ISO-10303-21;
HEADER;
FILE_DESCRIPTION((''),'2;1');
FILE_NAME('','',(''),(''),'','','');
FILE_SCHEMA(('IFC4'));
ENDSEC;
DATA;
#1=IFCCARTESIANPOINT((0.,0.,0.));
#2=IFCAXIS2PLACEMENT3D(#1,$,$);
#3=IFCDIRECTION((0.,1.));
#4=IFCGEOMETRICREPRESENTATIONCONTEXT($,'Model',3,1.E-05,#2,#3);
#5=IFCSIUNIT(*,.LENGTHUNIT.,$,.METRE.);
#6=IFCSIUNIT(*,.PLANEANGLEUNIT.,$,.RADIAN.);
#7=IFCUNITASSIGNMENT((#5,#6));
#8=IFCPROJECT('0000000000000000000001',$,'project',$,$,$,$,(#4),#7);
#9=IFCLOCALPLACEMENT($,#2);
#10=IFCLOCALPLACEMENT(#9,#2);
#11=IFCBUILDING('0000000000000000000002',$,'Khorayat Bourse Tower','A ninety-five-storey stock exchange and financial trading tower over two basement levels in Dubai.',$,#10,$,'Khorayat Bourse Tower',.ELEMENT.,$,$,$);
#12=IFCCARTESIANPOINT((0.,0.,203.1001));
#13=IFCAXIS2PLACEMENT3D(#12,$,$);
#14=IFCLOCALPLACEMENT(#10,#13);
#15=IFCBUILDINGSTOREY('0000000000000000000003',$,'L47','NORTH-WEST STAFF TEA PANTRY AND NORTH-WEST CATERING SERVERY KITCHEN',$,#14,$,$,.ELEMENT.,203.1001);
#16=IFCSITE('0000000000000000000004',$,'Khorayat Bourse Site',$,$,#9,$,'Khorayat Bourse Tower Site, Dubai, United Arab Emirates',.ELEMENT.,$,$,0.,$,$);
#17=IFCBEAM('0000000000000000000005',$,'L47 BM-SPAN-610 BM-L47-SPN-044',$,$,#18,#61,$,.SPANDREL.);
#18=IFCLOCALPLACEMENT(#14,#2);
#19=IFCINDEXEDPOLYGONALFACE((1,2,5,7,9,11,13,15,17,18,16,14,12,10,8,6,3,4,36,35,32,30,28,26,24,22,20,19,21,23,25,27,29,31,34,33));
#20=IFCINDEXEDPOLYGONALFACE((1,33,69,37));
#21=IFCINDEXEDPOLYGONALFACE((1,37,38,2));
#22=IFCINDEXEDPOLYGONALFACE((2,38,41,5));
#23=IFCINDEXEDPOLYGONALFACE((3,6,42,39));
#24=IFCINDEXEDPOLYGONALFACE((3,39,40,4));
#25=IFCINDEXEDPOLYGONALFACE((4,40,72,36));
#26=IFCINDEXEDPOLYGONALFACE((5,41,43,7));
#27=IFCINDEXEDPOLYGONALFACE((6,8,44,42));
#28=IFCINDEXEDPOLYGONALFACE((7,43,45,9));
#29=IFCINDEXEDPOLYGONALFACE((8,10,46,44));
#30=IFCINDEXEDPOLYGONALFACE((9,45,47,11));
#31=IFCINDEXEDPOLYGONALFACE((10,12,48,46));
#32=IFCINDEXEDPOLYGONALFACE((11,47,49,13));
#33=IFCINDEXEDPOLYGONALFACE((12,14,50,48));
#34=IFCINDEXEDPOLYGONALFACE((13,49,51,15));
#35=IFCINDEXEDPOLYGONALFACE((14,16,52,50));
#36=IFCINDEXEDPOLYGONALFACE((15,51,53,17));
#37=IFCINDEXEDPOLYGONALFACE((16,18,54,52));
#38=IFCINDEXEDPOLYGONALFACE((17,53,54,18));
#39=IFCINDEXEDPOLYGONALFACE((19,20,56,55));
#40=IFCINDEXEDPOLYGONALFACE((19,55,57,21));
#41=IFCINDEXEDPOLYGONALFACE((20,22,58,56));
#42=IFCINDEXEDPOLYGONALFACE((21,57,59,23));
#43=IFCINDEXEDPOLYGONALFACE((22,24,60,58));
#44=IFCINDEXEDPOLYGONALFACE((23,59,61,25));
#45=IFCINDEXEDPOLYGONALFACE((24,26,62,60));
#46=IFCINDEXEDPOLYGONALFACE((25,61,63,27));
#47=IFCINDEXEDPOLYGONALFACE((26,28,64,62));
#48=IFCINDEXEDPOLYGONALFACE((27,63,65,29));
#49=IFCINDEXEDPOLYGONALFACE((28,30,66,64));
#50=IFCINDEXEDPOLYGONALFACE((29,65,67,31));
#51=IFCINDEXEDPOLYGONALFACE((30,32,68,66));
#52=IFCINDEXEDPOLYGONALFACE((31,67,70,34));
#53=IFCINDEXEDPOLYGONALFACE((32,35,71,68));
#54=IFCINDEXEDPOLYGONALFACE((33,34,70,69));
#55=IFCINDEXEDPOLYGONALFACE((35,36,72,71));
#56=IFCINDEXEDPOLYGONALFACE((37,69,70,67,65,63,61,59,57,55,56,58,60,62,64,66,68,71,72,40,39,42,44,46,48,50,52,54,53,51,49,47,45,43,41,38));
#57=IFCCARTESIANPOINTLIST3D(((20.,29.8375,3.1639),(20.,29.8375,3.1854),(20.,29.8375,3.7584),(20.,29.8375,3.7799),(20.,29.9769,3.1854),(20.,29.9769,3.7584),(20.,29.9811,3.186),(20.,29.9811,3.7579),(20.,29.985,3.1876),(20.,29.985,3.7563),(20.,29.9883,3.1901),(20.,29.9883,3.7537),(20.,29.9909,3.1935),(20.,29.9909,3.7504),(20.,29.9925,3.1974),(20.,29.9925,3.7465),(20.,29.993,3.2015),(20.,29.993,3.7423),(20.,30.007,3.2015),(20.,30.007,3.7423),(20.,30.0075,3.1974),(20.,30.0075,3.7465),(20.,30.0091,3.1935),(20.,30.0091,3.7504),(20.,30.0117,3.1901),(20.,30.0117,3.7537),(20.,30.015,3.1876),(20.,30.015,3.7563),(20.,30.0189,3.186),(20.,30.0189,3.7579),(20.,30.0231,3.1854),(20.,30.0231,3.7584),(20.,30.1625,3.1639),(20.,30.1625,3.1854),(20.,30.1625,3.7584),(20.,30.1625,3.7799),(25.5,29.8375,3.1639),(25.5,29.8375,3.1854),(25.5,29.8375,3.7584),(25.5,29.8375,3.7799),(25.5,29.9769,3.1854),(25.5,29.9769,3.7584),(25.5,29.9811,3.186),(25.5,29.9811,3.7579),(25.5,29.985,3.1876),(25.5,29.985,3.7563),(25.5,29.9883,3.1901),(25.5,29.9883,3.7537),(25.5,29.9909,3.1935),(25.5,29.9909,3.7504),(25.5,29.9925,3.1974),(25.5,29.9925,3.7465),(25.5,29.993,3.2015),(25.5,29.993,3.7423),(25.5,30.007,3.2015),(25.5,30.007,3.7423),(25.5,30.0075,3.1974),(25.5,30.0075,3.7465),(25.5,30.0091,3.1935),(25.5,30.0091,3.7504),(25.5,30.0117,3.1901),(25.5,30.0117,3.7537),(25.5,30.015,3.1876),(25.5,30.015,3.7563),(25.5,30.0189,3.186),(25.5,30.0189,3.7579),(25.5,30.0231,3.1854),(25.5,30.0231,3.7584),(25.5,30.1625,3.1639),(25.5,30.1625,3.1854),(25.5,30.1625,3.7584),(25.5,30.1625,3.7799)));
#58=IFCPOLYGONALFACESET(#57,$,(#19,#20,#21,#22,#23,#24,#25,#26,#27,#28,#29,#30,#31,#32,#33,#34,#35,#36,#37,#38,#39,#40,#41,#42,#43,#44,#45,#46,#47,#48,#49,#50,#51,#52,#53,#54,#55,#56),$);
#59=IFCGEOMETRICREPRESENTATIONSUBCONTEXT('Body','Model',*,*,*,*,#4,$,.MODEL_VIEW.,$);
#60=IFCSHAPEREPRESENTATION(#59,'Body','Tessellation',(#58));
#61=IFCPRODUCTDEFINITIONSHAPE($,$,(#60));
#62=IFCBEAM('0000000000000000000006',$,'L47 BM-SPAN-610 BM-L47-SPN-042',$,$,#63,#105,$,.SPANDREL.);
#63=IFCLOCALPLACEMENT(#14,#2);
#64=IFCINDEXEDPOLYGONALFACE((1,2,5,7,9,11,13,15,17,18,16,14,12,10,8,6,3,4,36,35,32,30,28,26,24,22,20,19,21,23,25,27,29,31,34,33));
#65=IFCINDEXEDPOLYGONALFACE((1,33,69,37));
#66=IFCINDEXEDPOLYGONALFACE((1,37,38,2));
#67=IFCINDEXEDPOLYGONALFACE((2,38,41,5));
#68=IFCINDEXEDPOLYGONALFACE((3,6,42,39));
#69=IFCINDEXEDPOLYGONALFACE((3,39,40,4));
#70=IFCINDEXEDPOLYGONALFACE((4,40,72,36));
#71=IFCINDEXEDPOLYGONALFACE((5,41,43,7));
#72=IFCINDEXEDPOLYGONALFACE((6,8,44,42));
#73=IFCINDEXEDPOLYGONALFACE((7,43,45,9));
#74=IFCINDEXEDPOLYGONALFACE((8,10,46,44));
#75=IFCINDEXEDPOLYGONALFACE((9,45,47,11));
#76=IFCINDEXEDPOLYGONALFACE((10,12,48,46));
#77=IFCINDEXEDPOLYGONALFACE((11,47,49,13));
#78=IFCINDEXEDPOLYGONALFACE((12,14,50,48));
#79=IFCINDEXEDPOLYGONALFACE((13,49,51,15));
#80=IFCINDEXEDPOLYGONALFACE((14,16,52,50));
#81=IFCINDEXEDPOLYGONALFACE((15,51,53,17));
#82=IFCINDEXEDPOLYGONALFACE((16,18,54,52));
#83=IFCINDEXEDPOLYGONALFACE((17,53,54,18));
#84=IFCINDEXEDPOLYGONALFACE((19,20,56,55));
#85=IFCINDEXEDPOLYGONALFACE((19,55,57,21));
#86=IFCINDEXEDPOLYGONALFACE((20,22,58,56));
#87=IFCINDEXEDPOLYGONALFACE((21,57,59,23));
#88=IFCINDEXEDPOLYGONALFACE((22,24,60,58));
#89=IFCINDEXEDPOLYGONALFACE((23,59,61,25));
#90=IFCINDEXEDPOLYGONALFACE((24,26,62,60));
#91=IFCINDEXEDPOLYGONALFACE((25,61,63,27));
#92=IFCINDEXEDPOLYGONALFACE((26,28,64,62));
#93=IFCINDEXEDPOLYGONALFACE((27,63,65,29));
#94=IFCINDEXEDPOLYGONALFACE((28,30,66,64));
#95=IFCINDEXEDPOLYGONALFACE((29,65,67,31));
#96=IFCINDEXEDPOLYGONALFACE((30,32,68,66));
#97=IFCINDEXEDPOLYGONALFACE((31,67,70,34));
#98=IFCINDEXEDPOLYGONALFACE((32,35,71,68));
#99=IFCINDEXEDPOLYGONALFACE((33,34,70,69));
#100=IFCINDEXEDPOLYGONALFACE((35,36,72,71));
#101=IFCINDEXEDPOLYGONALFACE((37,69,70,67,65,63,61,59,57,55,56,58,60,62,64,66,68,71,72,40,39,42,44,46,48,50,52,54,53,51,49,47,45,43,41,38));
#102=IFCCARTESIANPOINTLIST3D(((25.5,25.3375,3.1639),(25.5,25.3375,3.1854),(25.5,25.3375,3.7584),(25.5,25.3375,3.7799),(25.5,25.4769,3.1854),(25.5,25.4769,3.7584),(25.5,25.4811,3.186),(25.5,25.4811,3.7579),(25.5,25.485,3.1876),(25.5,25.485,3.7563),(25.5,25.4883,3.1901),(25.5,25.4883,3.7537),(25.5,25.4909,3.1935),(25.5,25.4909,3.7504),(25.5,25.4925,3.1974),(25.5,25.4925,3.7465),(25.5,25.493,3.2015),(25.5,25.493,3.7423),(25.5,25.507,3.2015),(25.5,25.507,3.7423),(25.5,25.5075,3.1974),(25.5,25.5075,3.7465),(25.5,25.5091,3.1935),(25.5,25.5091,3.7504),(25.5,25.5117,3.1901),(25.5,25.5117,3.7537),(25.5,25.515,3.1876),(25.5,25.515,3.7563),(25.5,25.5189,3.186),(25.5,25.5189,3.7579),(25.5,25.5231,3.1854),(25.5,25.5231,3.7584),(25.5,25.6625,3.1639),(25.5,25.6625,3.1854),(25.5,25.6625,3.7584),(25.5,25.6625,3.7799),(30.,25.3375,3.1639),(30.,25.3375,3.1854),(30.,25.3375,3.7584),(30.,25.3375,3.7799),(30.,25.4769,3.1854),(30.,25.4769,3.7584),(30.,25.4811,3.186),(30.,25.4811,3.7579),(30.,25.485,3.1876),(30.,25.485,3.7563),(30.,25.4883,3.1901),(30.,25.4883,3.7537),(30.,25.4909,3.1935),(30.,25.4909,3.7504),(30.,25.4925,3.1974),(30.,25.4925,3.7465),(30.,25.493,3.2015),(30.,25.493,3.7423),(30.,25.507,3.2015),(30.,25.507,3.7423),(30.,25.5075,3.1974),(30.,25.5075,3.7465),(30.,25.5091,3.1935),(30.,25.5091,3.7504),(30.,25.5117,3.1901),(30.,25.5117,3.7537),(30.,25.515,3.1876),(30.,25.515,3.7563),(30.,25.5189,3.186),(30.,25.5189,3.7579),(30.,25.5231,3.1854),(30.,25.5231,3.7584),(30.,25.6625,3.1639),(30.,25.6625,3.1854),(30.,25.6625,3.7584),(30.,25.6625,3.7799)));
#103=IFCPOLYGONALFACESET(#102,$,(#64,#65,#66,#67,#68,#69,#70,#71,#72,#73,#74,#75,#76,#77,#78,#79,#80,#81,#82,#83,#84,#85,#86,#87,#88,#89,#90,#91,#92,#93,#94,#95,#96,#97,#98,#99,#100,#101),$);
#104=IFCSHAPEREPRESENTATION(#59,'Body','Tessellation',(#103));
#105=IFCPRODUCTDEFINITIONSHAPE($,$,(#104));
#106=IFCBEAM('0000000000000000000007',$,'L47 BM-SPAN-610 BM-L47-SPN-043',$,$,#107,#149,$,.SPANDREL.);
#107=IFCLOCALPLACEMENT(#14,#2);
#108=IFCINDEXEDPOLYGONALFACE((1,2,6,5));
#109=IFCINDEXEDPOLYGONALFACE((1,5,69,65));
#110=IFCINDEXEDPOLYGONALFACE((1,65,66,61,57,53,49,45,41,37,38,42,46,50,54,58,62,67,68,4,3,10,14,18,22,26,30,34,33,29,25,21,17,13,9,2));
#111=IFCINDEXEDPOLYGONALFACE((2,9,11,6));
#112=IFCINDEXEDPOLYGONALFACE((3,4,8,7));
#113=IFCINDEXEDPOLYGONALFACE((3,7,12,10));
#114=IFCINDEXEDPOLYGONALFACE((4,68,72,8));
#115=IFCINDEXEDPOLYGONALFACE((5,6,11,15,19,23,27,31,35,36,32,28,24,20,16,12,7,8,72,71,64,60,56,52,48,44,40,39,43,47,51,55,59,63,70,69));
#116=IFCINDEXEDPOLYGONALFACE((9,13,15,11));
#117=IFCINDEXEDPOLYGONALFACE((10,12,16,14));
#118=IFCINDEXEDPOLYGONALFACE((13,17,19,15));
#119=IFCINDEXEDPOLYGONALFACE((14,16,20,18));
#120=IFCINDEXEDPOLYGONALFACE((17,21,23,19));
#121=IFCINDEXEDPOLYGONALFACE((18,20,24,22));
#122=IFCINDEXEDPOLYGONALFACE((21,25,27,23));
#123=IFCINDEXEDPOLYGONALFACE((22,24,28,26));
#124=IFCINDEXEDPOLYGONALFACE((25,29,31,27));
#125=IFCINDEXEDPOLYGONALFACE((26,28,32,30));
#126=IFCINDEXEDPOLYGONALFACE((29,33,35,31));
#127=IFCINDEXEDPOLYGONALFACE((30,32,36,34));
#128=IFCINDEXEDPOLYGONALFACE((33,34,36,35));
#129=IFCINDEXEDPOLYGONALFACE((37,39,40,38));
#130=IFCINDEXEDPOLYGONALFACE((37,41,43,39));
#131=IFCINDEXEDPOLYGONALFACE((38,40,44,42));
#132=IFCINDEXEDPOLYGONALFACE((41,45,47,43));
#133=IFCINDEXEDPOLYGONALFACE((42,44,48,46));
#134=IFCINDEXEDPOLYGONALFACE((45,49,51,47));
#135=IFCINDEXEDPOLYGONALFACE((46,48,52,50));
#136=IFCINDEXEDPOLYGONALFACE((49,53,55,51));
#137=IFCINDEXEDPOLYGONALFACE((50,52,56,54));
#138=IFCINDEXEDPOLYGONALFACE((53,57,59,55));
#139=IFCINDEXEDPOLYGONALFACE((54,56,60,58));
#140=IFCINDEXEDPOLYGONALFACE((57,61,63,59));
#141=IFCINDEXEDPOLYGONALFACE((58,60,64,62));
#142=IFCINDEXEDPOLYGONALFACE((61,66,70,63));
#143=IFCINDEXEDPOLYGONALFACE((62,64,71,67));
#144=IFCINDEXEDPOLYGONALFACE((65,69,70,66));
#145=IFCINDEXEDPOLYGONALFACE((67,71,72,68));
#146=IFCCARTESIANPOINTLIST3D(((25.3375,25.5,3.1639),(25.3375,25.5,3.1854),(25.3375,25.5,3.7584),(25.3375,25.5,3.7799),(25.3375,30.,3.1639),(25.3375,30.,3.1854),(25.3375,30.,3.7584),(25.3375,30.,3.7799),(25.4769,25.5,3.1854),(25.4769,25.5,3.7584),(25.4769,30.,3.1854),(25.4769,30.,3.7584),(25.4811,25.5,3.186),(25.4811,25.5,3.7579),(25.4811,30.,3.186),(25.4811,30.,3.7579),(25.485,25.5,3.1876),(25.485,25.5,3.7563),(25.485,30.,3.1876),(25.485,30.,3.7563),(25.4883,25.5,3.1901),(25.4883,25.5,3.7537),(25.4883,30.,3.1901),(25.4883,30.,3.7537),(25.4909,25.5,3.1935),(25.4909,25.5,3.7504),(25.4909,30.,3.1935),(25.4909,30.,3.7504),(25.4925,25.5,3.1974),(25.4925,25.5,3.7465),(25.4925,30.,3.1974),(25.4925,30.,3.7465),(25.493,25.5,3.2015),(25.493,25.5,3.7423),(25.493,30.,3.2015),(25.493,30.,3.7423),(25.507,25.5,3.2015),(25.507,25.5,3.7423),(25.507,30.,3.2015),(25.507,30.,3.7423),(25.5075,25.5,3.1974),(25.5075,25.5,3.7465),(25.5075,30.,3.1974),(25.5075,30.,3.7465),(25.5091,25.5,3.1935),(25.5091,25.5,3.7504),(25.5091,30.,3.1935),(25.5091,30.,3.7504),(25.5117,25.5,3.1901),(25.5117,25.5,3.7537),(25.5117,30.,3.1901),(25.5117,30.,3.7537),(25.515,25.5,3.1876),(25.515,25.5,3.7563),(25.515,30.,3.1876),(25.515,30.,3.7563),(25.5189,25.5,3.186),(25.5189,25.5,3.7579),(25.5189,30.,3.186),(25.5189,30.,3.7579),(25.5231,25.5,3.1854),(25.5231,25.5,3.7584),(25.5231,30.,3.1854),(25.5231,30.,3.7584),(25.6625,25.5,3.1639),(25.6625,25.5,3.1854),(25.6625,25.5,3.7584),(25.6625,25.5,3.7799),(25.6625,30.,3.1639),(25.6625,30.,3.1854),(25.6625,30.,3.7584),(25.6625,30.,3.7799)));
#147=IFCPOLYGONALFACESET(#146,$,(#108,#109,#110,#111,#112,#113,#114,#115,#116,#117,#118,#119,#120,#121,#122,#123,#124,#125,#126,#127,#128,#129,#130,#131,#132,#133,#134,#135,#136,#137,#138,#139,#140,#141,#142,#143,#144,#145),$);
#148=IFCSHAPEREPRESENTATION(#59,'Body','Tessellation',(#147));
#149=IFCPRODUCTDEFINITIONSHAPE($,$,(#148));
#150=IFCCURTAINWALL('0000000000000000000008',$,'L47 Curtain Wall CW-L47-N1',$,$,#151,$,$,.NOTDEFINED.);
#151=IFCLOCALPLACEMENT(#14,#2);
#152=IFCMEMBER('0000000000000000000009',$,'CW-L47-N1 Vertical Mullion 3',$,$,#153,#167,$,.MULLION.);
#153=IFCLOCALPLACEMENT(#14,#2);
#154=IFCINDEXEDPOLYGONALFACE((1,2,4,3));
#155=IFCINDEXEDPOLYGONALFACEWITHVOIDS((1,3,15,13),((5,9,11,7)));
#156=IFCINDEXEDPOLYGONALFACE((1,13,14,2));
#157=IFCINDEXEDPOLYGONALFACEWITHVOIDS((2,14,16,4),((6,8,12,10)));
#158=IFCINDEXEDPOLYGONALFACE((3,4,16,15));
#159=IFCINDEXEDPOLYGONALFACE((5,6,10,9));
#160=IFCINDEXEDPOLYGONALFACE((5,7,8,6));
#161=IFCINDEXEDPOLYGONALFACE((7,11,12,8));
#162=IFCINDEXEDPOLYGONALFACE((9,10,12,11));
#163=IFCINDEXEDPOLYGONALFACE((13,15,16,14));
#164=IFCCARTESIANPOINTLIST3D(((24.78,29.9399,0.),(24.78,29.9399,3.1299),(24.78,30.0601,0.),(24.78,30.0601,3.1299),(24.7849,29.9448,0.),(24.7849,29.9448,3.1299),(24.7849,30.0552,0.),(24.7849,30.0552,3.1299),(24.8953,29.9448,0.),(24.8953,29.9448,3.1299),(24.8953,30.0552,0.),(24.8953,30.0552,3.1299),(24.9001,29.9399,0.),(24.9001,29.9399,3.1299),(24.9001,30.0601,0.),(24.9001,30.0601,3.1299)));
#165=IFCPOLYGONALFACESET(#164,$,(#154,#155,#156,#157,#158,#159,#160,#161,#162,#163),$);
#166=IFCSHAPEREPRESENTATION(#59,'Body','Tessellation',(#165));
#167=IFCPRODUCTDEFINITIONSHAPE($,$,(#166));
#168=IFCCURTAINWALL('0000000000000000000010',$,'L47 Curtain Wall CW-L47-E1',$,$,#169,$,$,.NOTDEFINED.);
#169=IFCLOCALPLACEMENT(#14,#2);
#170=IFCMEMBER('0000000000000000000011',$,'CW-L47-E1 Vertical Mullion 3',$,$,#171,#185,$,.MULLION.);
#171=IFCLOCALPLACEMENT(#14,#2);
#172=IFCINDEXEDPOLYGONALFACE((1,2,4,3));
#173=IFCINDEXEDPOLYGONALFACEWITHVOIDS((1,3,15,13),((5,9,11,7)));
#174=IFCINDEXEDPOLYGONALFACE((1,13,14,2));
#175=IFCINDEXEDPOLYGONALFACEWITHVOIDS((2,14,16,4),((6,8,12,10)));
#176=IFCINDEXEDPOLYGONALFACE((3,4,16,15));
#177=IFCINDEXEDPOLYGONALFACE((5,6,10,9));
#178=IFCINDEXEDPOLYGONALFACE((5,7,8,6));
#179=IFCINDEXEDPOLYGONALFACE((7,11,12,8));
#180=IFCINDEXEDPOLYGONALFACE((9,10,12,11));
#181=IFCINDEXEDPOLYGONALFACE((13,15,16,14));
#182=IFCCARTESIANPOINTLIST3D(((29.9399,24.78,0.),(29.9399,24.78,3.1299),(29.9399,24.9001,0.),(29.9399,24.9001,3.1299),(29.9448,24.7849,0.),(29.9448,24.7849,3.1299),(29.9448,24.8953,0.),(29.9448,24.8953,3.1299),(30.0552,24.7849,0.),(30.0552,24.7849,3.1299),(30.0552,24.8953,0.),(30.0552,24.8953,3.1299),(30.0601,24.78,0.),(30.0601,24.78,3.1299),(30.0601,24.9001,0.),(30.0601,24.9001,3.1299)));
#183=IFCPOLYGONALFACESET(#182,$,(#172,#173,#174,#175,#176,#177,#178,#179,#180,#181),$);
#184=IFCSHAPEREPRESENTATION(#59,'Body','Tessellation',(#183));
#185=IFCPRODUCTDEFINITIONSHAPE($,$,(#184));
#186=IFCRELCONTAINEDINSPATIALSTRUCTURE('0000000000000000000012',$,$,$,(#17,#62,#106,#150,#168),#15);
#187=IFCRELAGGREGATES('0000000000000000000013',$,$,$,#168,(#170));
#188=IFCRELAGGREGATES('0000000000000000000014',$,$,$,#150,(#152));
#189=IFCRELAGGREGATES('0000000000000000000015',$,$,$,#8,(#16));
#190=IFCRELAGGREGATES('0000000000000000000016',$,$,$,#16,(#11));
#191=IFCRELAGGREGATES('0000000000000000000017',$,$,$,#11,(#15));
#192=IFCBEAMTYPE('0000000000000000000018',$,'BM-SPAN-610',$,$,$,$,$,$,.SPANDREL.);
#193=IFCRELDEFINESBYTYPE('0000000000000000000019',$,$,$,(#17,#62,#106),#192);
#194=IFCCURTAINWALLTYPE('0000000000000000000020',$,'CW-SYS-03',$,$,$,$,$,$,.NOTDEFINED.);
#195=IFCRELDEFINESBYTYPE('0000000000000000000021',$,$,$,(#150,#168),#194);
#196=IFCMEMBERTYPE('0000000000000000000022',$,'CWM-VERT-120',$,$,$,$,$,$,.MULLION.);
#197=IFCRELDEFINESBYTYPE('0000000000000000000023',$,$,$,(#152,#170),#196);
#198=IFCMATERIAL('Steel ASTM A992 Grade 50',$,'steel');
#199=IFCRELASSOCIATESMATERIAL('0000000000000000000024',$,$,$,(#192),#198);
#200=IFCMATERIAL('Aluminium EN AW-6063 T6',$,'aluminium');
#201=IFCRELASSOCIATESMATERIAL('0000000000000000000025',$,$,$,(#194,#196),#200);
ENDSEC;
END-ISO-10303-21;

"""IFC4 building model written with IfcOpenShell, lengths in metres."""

from ifc_helpers import new_model, si_unit, direction, frame, origin, origin_2d, place, context, subcontext, project, spatial, hollow_rectangle, i_section, extrude, source, transform, mapped, material, material_profile, profile_set, type_object, element, aggregate, save


model = new_model("IFC4")

# Units and contexts
model_context = context("Model", 3, precision=1e-05, world=origin(), true_north=direction((0.0, 1.0)))
body_context = subcontext(model_context, "Body", "Model", "MODEL_VIEW")
ifc_project = project(units=[si_unit("LENGTHUNIT", "METRE"), si_unit("PLANEANGLEUNIT", "RADIAN")], contexts=[model_context])

# Site, building, storey
site_placement = place(None, origin())
site = spatial("IfcSite", under=ifc_project, at=site_placement, Name="Khorayat Bourse Site", LongName="Khorayat Bourse Tower Site, Dubai, United Arab Emirates", CompositionType="ELEMENT", RefElevation=0.0)
building_placement = place(site_placement, origin())
building = spatial("IfcBuilding", under=site, at=building_placement, Name="Khorayat Bourse Tower", Description="A ninety-five-storey stock exchange and financial trading tower over two basement levels in Dubai.", LongName="Khorayat Bourse Tower", CompositionType="ELEMENT")
storey_placement = place(building_placement, frame((0.0, 0.0, 203.1001)))
storey = spatial("IfcBuildingStorey", under=building, at=storey_placement, Name="L47", Description="NORTH-WEST STAFF TEA PANTRY AND NORTH-WEST CATERING SERVERY KITCHEN", CompositionType="ELEMENT", Elevation=203.1001)

# Beams
ifc_material_1 = material(Name="Steel ASTM A992 Grade 50", Category="steel")
ifc_material_profile_1 = material_profile(ifc_material_1, i_section(OverallWidth=0.325, OverallDepth=0.616, WebThickness=0.0139, FlangeThickness=0.0215, FilletRadius=0.0161, at=origin_2d()), Name="W610X174")
ifc_profile_set_1 = profile_set([ifc_material_profile_1], Name="Steel ASTM A992 Grade 50")
beam_type_1 = type_object("IfcBeamType", Name="BM-SPAN-610", PredefinedType="SPANDREL", material=ifc_profile_set_1)
shared_shape_1 = source(origin(), body_context, "Body", "SweptSolid", [
    extrude(i_section(OverallWidth=0.325, OverallDepth=0.616, WebThickness=0.0139, FlangeThickness=0.0215, FilletRadius=0.0161, at=origin_2d()), origin(), (0.0, 0.0, 1.0), 5.5),
])
for number, where, z_axis, x_axis, name in (
    (1, (20.0, 30.0, 3.4719), (1.0, 0.0, 0.0), (0.0, 1.0, 0.0), "L47 BM-SPAN-610 BM-L47-SPN-044"),
):
    element("IfcBeam", number, at=place(storey_placement, frame(where, z_axis=z_axis, x_axis=x_axis)), inside=storey, type_object=beam_type_1, Name=name, PredefinedType="SPANDREL", context=body_context, shape_type="MappedRepresentation", body=[
        mapped(shared_shape_1, transform((0.0, 0.0, 0.0), scale=1.0)),
    ])
shared_shape_2 = source(origin(), body_context, "Body", "SweptSolid", [
    extrude(i_section(OverallWidth=0.325, OverallDepth=0.616, WebThickness=0.0139, FlangeThickness=0.0215, FilletRadius=0.0161, at=origin_2d()), origin(), (0.0, 0.0, 1.0), 4.5),
])
for number, where, z_axis, x_axis, name in (
    (2, (25.5, 25.5, 3.4719), (1.0, 0.0, 0.0), (0.0, 1.0, 0.0), "L47 BM-SPAN-610 BM-L47-SPN-042"),
    (3, (25.5, 25.5, 3.4719), (0.0, 1.0, 0.0), (-1.0, 0.0, 0.0), "L47 BM-SPAN-610 BM-L47-SPN-043"),
):
    element("IfcBeam", number, at=place(storey_placement, frame(where, z_axis=z_axis, x_axis=x_axis)), inside=storey, type_object=beam_type_1, Name=name, PredefinedType="SPANDREL", context=body_context, shape_type="MappedRepresentation", body=[
        mapped(shared_shape_2, transform((0.0, 0.0, 0.0), scale=1.0)),
    ])

# Curtain walls, members
ifc_material_2 = material(Name="Aluminium EN AW-6063 T6", Category="aluminium")
curtain_wall_type = type_object("IfcCurtainWallType", Name="CW-SYS-03", PredefinedType="NOTDEFINED", material=ifc_material_2)
curtain_wall_1_placement = place(storey_placement, origin())
curtain_wall_1 = element("IfcCurtainWall", 4, at=curtain_wall_1_placement, inside=storey, type_object=curtain_wall_type, Name="L47 Curtain Wall CW-L47-N1", PredefinedType="NOTDEFINED")
ifc_material_profile_2 = material_profile(ifc_material_2, hollow_rectangle(XDim=0.1201, YDim=0.1201, WallThickness=0.0049, at=origin_2d()), Name="ALU 120x120x5")
ifc_profile_set_2 = profile_set([ifc_material_profile_2], Name="Aluminium EN AW-6063 T6")
member_type_1 = type_object("IfcMemberType", Name="CWM-VERT-120", PredefinedType="MULLION", material=ifc_profile_set_2)
shared_shape_3 = source(origin(), body_context, "Body", "SweptSolid", [
    extrude(hollow_rectangle(XDim=0.1201, YDim=0.1201, WallThickness=0.0049, at=origin_2d()), origin(), (0.0, 0.0, 1.0), 3.1299),
])
member_1_placement = place(storey_placement, frame((24.8401, 30.0, 0.0), z_axis=(0.0, 0.0, 1.0), x_axis=(0.0, 1.0, 0.0)))
member_1 = element("IfcMember", 5, at=member_1_placement, type_object=member_type_1, Name="CW-L47-N1 Vertical Mullion 3", PredefinedType="MULLION", context=body_context, shape_type="MappedRepresentation", body=[
    mapped(shared_shape_3, transform((0.0, 0.0, 0.0), scale=1.0)),
])
curtain_wall_2_placement = place(storey_placement, origin())
curtain_wall_2 = element("IfcCurtainWall", 6, at=curtain_wall_2_placement, inside=storey, type_object=curtain_wall_type, Name="L47 Curtain Wall CW-L47-E1", PredefinedType="NOTDEFINED")
member_2_placement = place(storey_placement, frame((30.0, 24.8401, 0.0), z_axis=(0.0, 0.0, 1.0), x_axis=(-1.0, 0.0, 0.0)))
member_2 = element("IfcMember", 7, at=member_2_placement, type_object=member_type_1, Name="CW-L47-E1 Vertical Mullion 3", PredefinedType="MULLION", context=body_context, shape_type="MappedRepresentation", body=[
    mapped(shared_shape_3, transform((0.0, 0.0, 0.0), scale=1.0)),
])
aggregate(curtain_wall_2, [member_2])

aggregate(curtain_wall_1, [member_1])

save(model, "model.ifc")
